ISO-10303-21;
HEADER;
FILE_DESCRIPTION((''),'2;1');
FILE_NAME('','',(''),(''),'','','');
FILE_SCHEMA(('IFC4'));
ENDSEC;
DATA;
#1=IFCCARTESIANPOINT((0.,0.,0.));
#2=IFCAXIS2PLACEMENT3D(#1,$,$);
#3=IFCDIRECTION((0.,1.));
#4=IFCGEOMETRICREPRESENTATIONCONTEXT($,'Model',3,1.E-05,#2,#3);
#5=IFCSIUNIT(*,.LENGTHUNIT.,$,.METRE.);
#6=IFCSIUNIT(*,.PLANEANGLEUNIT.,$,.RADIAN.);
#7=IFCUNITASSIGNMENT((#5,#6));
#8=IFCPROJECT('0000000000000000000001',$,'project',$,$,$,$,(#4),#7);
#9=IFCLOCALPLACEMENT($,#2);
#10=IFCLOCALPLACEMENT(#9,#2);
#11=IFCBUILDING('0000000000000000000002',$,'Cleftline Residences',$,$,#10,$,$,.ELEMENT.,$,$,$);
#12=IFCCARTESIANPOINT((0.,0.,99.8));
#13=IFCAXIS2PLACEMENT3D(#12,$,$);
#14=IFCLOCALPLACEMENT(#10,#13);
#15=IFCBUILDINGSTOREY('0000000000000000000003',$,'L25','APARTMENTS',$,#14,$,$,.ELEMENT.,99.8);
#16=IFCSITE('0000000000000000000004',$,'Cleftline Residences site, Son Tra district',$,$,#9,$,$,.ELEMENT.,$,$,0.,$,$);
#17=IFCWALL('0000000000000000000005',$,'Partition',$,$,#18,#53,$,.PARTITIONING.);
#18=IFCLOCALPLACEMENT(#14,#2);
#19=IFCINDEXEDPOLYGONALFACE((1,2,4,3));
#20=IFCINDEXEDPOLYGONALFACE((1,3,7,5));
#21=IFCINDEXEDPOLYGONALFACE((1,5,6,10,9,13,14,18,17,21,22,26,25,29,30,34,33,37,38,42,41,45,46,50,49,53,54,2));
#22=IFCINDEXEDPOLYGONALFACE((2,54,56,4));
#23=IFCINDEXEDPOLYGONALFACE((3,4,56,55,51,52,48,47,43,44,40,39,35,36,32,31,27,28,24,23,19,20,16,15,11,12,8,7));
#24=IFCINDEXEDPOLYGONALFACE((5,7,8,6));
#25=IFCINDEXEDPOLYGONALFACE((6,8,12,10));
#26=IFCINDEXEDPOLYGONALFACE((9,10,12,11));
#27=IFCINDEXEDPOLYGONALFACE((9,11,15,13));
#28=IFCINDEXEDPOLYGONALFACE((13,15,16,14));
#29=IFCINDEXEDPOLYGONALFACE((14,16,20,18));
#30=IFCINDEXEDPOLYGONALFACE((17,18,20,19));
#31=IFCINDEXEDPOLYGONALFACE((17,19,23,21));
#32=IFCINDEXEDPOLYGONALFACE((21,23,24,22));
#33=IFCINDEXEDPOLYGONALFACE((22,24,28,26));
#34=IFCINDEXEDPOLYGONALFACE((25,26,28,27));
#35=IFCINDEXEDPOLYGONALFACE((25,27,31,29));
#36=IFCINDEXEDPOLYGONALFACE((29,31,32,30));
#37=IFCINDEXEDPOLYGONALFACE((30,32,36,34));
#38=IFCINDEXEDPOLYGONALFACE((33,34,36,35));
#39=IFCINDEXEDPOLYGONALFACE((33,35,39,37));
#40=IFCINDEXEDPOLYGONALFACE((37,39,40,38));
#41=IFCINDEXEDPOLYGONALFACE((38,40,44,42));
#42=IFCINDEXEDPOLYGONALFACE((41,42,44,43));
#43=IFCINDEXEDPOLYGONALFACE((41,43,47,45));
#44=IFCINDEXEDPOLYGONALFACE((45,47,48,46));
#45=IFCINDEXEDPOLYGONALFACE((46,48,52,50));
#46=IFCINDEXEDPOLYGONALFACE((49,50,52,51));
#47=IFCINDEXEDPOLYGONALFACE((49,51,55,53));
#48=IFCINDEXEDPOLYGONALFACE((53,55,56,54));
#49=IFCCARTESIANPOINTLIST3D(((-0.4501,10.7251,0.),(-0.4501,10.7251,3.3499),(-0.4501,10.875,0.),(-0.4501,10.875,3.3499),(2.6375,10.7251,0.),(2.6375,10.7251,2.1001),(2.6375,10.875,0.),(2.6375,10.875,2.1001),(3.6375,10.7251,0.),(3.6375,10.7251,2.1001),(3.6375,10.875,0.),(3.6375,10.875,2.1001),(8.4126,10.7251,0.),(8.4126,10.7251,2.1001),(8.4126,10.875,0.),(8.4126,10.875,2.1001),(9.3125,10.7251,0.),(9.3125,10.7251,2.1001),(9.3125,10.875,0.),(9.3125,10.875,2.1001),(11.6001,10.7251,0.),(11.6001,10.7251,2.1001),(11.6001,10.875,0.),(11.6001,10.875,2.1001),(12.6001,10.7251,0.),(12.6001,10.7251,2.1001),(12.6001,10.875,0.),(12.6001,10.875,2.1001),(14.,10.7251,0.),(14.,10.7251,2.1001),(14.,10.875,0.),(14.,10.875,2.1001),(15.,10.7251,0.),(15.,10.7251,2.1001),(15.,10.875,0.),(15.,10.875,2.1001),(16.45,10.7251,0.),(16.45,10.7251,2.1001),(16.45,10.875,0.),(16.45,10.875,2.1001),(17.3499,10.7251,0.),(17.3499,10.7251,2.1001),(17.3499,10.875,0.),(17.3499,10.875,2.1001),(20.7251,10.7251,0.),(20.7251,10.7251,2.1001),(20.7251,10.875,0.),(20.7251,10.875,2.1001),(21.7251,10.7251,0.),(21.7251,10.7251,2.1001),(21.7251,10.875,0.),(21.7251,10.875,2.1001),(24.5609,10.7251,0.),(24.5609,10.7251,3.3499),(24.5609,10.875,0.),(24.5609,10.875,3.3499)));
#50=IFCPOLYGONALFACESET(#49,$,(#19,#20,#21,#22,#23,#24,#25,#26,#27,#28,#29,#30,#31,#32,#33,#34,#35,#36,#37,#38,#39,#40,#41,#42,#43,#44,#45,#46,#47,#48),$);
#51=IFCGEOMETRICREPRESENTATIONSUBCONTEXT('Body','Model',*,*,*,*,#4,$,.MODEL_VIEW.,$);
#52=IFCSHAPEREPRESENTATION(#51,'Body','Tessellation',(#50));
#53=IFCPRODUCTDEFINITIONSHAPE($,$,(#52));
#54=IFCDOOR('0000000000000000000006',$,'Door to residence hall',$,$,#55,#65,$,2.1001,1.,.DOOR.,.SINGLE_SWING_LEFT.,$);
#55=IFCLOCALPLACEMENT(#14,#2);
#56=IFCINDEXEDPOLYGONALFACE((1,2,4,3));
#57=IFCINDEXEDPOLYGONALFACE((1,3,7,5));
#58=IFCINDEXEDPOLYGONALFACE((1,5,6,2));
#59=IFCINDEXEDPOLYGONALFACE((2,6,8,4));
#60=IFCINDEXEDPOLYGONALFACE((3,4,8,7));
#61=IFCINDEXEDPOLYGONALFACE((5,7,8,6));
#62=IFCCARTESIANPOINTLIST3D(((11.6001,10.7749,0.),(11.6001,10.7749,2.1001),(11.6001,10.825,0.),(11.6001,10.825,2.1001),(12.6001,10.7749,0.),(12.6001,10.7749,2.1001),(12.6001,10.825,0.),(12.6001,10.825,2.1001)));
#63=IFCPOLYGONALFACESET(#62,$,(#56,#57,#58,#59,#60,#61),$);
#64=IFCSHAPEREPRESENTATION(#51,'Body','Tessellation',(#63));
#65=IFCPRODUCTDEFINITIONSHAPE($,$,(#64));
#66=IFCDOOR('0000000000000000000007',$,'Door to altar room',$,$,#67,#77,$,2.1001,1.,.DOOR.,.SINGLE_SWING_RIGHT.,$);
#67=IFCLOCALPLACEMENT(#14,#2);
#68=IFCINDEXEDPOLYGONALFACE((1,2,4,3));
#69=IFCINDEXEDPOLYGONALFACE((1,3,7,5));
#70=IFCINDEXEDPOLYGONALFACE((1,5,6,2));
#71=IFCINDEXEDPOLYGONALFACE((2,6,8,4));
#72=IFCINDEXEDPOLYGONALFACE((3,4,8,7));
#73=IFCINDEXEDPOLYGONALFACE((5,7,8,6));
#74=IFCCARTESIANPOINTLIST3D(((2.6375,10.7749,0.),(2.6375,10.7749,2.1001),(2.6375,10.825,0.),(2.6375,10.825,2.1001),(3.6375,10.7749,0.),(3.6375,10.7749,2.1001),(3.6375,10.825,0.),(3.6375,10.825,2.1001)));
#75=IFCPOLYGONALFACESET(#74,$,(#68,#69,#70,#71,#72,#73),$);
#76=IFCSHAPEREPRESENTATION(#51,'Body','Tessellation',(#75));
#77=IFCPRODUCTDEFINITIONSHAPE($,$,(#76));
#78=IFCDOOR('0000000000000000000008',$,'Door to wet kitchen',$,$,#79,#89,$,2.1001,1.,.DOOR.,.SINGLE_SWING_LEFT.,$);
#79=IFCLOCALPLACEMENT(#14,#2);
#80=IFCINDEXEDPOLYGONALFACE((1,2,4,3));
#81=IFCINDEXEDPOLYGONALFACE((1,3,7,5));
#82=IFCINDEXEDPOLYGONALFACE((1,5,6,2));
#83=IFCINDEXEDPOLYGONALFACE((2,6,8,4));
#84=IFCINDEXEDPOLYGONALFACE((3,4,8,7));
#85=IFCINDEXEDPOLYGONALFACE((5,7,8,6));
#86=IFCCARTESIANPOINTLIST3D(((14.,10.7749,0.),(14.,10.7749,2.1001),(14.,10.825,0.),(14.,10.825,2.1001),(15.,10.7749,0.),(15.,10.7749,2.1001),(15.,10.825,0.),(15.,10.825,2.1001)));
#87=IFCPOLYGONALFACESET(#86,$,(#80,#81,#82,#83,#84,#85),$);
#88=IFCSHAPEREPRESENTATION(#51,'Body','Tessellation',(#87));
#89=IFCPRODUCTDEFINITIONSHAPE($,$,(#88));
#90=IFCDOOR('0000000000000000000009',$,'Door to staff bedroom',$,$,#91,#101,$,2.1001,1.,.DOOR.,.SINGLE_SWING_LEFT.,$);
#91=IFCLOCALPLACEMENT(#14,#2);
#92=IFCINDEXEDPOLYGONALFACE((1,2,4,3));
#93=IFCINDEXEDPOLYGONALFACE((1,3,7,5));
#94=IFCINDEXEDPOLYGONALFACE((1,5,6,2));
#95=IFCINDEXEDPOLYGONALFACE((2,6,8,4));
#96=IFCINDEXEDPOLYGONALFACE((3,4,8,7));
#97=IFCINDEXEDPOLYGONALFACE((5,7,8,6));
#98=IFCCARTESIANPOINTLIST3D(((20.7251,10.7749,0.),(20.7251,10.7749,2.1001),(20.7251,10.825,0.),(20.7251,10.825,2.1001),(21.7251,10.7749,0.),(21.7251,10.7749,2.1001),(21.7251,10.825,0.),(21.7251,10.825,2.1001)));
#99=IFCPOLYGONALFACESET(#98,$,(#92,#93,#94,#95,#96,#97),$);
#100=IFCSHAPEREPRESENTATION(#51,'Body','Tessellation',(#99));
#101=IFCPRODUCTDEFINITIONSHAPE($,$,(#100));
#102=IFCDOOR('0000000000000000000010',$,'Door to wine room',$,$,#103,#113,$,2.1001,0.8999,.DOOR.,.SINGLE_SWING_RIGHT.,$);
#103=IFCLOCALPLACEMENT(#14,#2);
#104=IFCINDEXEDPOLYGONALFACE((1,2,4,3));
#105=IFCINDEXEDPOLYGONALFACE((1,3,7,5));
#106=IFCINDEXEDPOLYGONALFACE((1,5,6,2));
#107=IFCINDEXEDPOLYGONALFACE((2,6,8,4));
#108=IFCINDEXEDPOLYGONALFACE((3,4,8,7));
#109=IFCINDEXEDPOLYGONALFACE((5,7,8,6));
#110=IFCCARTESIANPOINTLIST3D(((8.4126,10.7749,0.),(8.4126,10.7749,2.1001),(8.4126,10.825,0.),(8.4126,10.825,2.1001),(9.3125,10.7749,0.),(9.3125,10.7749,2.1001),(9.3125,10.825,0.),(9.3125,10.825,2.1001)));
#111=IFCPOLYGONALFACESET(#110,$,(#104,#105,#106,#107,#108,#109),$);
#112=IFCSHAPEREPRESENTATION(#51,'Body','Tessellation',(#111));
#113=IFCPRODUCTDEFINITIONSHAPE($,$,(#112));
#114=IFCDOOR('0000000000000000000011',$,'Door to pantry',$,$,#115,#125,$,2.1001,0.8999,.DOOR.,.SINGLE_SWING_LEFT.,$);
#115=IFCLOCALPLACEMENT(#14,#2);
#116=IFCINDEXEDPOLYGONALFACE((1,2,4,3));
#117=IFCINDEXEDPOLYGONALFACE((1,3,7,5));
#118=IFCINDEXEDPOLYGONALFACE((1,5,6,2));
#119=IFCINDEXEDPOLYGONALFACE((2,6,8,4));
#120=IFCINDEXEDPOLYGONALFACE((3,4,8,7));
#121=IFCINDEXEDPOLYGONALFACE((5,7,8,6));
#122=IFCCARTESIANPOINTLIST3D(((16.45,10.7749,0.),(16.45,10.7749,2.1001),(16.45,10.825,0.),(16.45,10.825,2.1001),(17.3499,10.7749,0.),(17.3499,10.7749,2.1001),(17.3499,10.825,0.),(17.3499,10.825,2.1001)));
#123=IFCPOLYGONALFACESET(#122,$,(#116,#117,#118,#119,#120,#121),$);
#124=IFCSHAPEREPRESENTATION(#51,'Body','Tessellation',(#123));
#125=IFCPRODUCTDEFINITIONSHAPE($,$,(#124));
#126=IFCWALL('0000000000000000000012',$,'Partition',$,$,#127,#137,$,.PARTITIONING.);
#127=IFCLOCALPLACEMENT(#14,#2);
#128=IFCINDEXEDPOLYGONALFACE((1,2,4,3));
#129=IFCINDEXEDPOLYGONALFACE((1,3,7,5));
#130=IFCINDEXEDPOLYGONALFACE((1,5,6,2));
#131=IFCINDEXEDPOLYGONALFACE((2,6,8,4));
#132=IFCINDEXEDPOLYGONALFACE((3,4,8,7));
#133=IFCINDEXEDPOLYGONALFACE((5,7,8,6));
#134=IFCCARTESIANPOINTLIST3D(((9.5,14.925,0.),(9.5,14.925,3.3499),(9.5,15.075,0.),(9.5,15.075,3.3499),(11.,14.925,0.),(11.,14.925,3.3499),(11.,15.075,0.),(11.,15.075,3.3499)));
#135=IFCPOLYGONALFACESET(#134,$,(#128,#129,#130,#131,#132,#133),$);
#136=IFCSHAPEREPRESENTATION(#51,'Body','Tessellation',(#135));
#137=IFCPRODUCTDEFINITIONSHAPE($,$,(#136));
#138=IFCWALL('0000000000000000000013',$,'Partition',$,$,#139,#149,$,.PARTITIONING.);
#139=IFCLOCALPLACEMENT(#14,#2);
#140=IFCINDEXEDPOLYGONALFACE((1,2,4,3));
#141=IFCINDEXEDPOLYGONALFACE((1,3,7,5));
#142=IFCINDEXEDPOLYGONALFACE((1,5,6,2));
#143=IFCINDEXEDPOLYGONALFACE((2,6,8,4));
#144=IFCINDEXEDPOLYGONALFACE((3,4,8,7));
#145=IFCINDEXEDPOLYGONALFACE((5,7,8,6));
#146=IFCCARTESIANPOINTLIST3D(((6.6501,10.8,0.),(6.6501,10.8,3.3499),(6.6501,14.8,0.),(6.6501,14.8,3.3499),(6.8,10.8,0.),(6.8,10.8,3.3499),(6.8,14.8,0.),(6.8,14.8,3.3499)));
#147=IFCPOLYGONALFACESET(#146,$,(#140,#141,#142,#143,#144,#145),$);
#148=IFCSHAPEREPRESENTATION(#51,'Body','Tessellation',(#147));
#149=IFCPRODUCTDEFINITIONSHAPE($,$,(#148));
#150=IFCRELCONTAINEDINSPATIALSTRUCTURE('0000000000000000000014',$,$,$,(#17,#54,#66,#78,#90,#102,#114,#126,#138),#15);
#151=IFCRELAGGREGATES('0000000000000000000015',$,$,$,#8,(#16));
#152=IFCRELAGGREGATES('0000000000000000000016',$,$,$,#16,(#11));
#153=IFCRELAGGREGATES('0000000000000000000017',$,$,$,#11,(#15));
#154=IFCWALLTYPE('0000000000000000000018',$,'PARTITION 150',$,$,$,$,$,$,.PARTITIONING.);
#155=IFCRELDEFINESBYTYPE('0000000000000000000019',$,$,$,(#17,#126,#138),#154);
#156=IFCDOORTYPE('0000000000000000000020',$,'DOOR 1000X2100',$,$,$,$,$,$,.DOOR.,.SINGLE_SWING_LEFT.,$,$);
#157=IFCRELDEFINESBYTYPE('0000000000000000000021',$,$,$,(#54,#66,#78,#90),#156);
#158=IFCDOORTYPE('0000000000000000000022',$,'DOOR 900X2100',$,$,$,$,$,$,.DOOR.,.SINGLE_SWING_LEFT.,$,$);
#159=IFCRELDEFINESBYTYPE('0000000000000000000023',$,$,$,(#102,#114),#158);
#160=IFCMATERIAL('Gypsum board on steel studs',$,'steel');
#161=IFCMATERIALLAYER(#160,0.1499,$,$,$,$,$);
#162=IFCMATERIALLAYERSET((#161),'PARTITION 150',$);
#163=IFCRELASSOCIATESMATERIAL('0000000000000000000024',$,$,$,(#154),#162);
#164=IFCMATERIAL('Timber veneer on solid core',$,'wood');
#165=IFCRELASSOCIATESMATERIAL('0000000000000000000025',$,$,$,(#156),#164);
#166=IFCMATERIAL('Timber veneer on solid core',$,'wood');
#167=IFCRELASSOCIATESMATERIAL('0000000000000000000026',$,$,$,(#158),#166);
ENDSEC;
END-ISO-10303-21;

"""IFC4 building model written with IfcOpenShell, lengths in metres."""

from ifc_helpers import new_model, si_unit, direction, frame, frame_2d, origin, place, context, subcontext, project, spatial, rectangle, extrude, material, layer, layer_set, type_object, element, fill, save


model = new_model("IFC4")

# Units and contexts
model_context = context("Model", 3, precision=1e-05, world=origin(), true_north=direction((0.0, 1.0)))
body_context = subcontext(model_context, "Body", "Model", "MODEL_VIEW")
ifc_project = project(units=[si_unit("LENGTHUNIT", "METRE"), si_unit("PLANEANGLEUNIT", "RADIAN")], contexts=[model_context])

# Site, building, storey
site_placement = place(None, origin())
site = spatial("IfcSite", under=ifc_project, at=site_placement, Name="Cleftline Residences site, Son Tra district", CompositionType="ELEMENT", RefElevation=0.0)
building_placement = place(site_placement, origin())
building = spatial("IfcBuilding", under=site, at=building_placement, Name="Cleftline Residences", CompositionType="ELEMENT")
storey_placement = place(building_placement, frame((0.0, 0.0, 99.8)))
storey = spatial("IfcBuildingStorey", under=building, at=storey_placement, Name="L25", Description="APARTMENTS", CompositionType="ELEMENT", Elevation=99.8)

# Shared definitions
ifc_material_1 = material(Name="Gypsum board on steel studs", Category="steel")
ifc_layer = layer(ifc_material_1, 0.1499)
ifc_layer_set = layer_set([ifc_layer], Name="PARTITION 150")
wall_type = type_object("IfcWallType", Name="PARTITION 150", PredefinedType="PARTITIONING", material=ifc_layer_set)
ifc_material_2 = material(Name="Timber veneer on solid core", Category="wood")
door_type_1 = type_object("IfcDoorType", Name="DOOR 1000X2100", OperationType="SINGLE_SWING_LEFT", PredefinedType="DOOR", material=ifc_material_2)

# Wall, openings, doors
wall_1_placement = place(storey_placement, frame((-0.45, 10.8, 0.0), z_axis=(0.0, 0.0, 1.0), x_axis=(1.0, 0.0, 0.0)))
wall_1 = element("IfcWall", 1, at=wall_1_placement, inside=storey, type_object=wall_type, Name="Partition", PredefinedType="PARTITIONING", context=body_context, shape_type="SweptSolid", body=[
    extrude(rectangle(XDim=25.011, YDim=0.1499, at=frame_2d((12.5054, 0.0))), origin(), (0.0, 0.0, 1.0), 3.3499),
])
opening_1_placement = place(wall_1_placement, frame((12.05, 0.0, 0.0)))
opening_1 = element("IfcOpeningElement", 2, at=opening_1_placement, cuts=wall_1, PredefinedType="OPENING", context=body_context, shape_type="SweptSolid", body=[
    extrude(rectangle(XDim=1.0, YDim=2.1001, at=frame_2d((0.5, 1.05))), frame((0.0, 0.085, 0.0), z_axis=(0.0, -1.0, 0.0), x_axis=(1.0, 0.0, 0.0)), (0.0, 0.0, 1.0), 0.1699),
])
opening_2_placement = place(wall_1_placement, frame((3.0874, 0.0, 0.0)))
opening_2 = element("IfcOpeningElement", 3, at=opening_2_placement, cuts=wall_1, PredefinedType="OPENING", context=body_context, shape_type="SweptSolid", body=[
    extrude(rectangle(XDim=1.0, YDim=2.1001, at=frame_2d((0.5, 1.05))), frame((0.0, 0.085, 0.0), z_axis=(0.0, -1.0, 0.0), x_axis=(1.0, 0.0, 0.0)), (0.0, 0.0, 1.0), 0.1699),
])
opening_3_placement = place(wall_1_placement, frame((8.8625, 0.0, 0.0)))
opening_3 = element("IfcOpeningElement", 4, at=opening_3_placement, cuts=wall_1, PredefinedType="OPENING", context=body_context, shape_type="SweptSolid", body=[
    extrude(rectangle(XDim=0.8999, YDim=2.1001, at=frame_2d((0.45, 1.05))), frame((0.0, 0.085, 0.0), z_axis=(0.0, -1.0, 0.0), x_axis=(1.0, 0.0, 0.0)), (0.0, 0.0, 1.0), 0.1699),
])
opening_4_placement = place(wall_1_placement, frame((14.45, 0.0, 0.0)))
opening_4 = element("IfcOpeningElement", 5, at=opening_4_placement, cuts=wall_1, PredefinedType="OPENING", context=body_context, shape_type="SweptSolid", body=[
    extrude(rectangle(XDim=1.0, YDim=2.1001, at=frame_2d((0.5, 1.05))), frame((0.0, 0.085, 0.0), z_axis=(0.0, -1.0, 0.0), x_axis=(1.0, 0.0, 0.0)), (0.0, 0.0, 1.0), 0.1699),
])
opening_5_placement = place(wall_1_placement, frame((16.8999, 0.0, 0.0)))
opening_5 = element("IfcOpeningElement", 6, at=opening_5_placement, cuts=wall_1, PredefinedType="OPENING", context=body_context, shape_type="SweptSolid", body=[
    extrude(rectangle(XDim=0.8999, YDim=2.1001, at=frame_2d((0.45, 1.05))), frame((0.0, 0.085, 0.0), z_axis=(0.0, -1.0, 0.0), x_axis=(1.0, 0.0, 0.0)), (0.0, 0.0, 1.0), 0.1699),
])
opening_6_placement = place(wall_1_placement, frame((21.175, 0.0, 0.0)))
opening_6 = element("IfcOpeningElement", 7, at=opening_6_placement, cuts=wall_1, PredefinedType="OPENING", context=body_context, shape_type="SweptSolid", body=[
    extrude(rectangle(XDim=1.0, YDim=2.1001, at=frame_2d((0.5, 1.05))), frame((0.0, 0.085, 0.0), z_axis=(0.0, -1.0, 0.0), x_axis=(1.0, 0.0, 0.0)), (0.0, 0.0, 1.0), 0.1699),
])
door_1_placement = place(opening_1_placement, origin())
door_1 = element("IfcDoor", 8, at=door_1_placement, inside=storey, type_object=door_type_1, Name="Door to residence hall", OperationType="SINGLE_SWING_LEFT", OverallHeight=2.1001, OverallWidth=1.0, PredefinedType="DOOR", context=body_context, shape_type="SweptSolid", body=[
    extrude(rectangle(XDim=1.0, YDim=2.1001, at=frame_2d((0.5, 1.05))), frame((0.0, 0.0249, 0.0), z_axis=(0.0, -1.0, 0.0), x_axis=(1.0, 0.0, 0.0)), (0.0, 0.0, 1.0), 0.05),
])
fill(opening_1, door_1)
door_2_placement = place(opening_2_placement, origin())
door_2 = element("IfcDoor", 9, at=door_2_placement, inside=storey, type_object=door_type_1, Name="Door to altar room", OperationType="SINGLE_SWING_RIGHT", OverallHeight=2.1001, OverallWidth=1.0, PredefinedType="DOOR", context=body_context, shape_type="SweptSolid", body=[
    extrude(rectangle(XDim=1.0, YDim=2.1001, at=frame_2d((0.5, 1.05))), frame((0.0, 0.0249, 0.0), z_axis=(0.0, -1.0, 0.0), x_axis=(1.0, 0.0, 0.0)), (0.0, 0.0, 1.0), 0.05),
])
fill(opening_2, door_2)
door_3_placement = place(opening_4_placement, origin())
door_3 = element("IfcDoor", 10, at=door_3_placement, inside=storey, type_object=door_type_1, Name="Door to wet kitchen", OperationType="SINGLE_SWING_LEFT", OverallHeight=2.1001, OverallWidth=1.0, PredefinedType="DOOR", context=body_context, shape_type="SweptSolid", body=[
    extrude(rectangle(XDim=1.0, YDim=2.1001, at=frame_2d((0.5, 1.05))), frame((0.0, 0.0249, 0.0), z_axis=(0.0, -1.0, 0.0), x_axis=(1.0, 0.0, 0.0)), (0.0, 0.0, 1.0), 0.05),
])
fill(opening_4, door_3)
door_4_placement = place(opening_6_placement, origin())
door_4 = element("IfcDoor", 11, at=door_4_placement, inside=storey, type_object=door_type_1, Name="Door to staff bedroom", OperationType="SINGLE_SWING_LEFT", OverallHeight=2.1001, OverallWidth=1.0, PredefinedType="DOOR", context=body_context, shape_type="SweptSolid", body=[
    extrude(rectangle(XDim=1.0, YDim=2.1001, at=frame_2d((0.5, 1.05))), frame((0.0, 0.0249, 0.0), z_axis=(0.0, -1.0, 0.0), x_axis=(1.0, 0.0, 0.0)), (0.0, 0.0, 1.0), 0.05),
])
fill(opening_6, door_4)
ifc_material_3 = material(Name="Timber veneer on solid core", Category="wood")
door_type_2 = type_object("IfcDoorType", Name="DOOR 900X2100", OperationType="SINGLE_SWING_LEFT", PredefinedType="DOOR", material=ifc_material_3)
door_5_placement = place(opening_3_placement, origin())
door_5 = element("IfcDoor", 12, at=door_5_placement, inside=storey, type_object=door_type_2, Name="Door to wine room", OperationType="SINGLE_SWING_RIGHT", OverallHeight=2.1001, OverallWidth=0.8999, PredefinedType="DOOR", context=body_context, shape_type="SweptSolid", body=[
    extrude(rectangle(XDim=0.8999, YDim=2.1001, at=frame_2d((0.45, 1.05))), frame((0.0, 0.0249, 0.0), z_axis=(0.0, -1.0, 0.0), x_axis=(1.0, 0.0, 0.0)), (0.0, 0.0, 1.0), 0.05),
])
fill(opening_3, door_5)
door_6_placement = place(opening_5_placement, origin())
door_6 = element("IfcDoor", 13, at=door_6_placement, inside=storey, type_object=door_type_2, Name="Door to pantry", OperationType="SINGLE_SWING_LEFT", OverallHeight=2.1001, OverallWidth=0.8999, PredefinedType="DOOR", context=body_context, shape_type="SweptSolid", body=[
    extrude(rectangle(XDim=0.8999, YDim=2.1001, at=frame_2d((0.45, 1.05))), frame((0.0, 0.0249, 0.0), z_axis=(0.0, -1.0, 0.0), x_axis=(1.0, 0.0, 0.0)), (0.0, 0.0, 1.0), 0.05),
])
fill(opening_5, door_6)

# Walls
wall_2_placement = place(storey_placement, frame((9.5, 15.0, 0.0), z_axis=(0.0, 0.0, 1.0), x_axis=(1.0, 0.0, 0.0)))
element("IfcWall", 14, at=wall_2_placement, inside=storey, type_object=wall_type, Name="Partition", PredefinedType="PARTITIONING", context=body_context, shape_type="SweptSolid", body=[
    extrude(rectangle(XDim=1.5, YDim=0.1499, at=frame_2d((0.75, 0.0))), origin(), (0.0, 0.0, 1.0), 3.3499),
])
wall_3_placement = place(storey_placement, frame((6.7251, 10.8, 0.0), z_axis=(0.0, 0.0, 1.0), x_axis=(0.0, 1.0, 0.0)))
element("IfcWall", 15, at=wall_3_placement, inside=storey, type_object=wall_type, Name="Partition", PredefinedType="PARTITIONING", context=body_context, shape_type="SweptSolid", body=[
    extrude(rectangle(XDim=4.0, YDim=0.1499, at=frame_2d((2.0, 0.0))), origin(), (0.0, 0.0, 1.0), 3.3499),
])

save(model, "model.ifc")
